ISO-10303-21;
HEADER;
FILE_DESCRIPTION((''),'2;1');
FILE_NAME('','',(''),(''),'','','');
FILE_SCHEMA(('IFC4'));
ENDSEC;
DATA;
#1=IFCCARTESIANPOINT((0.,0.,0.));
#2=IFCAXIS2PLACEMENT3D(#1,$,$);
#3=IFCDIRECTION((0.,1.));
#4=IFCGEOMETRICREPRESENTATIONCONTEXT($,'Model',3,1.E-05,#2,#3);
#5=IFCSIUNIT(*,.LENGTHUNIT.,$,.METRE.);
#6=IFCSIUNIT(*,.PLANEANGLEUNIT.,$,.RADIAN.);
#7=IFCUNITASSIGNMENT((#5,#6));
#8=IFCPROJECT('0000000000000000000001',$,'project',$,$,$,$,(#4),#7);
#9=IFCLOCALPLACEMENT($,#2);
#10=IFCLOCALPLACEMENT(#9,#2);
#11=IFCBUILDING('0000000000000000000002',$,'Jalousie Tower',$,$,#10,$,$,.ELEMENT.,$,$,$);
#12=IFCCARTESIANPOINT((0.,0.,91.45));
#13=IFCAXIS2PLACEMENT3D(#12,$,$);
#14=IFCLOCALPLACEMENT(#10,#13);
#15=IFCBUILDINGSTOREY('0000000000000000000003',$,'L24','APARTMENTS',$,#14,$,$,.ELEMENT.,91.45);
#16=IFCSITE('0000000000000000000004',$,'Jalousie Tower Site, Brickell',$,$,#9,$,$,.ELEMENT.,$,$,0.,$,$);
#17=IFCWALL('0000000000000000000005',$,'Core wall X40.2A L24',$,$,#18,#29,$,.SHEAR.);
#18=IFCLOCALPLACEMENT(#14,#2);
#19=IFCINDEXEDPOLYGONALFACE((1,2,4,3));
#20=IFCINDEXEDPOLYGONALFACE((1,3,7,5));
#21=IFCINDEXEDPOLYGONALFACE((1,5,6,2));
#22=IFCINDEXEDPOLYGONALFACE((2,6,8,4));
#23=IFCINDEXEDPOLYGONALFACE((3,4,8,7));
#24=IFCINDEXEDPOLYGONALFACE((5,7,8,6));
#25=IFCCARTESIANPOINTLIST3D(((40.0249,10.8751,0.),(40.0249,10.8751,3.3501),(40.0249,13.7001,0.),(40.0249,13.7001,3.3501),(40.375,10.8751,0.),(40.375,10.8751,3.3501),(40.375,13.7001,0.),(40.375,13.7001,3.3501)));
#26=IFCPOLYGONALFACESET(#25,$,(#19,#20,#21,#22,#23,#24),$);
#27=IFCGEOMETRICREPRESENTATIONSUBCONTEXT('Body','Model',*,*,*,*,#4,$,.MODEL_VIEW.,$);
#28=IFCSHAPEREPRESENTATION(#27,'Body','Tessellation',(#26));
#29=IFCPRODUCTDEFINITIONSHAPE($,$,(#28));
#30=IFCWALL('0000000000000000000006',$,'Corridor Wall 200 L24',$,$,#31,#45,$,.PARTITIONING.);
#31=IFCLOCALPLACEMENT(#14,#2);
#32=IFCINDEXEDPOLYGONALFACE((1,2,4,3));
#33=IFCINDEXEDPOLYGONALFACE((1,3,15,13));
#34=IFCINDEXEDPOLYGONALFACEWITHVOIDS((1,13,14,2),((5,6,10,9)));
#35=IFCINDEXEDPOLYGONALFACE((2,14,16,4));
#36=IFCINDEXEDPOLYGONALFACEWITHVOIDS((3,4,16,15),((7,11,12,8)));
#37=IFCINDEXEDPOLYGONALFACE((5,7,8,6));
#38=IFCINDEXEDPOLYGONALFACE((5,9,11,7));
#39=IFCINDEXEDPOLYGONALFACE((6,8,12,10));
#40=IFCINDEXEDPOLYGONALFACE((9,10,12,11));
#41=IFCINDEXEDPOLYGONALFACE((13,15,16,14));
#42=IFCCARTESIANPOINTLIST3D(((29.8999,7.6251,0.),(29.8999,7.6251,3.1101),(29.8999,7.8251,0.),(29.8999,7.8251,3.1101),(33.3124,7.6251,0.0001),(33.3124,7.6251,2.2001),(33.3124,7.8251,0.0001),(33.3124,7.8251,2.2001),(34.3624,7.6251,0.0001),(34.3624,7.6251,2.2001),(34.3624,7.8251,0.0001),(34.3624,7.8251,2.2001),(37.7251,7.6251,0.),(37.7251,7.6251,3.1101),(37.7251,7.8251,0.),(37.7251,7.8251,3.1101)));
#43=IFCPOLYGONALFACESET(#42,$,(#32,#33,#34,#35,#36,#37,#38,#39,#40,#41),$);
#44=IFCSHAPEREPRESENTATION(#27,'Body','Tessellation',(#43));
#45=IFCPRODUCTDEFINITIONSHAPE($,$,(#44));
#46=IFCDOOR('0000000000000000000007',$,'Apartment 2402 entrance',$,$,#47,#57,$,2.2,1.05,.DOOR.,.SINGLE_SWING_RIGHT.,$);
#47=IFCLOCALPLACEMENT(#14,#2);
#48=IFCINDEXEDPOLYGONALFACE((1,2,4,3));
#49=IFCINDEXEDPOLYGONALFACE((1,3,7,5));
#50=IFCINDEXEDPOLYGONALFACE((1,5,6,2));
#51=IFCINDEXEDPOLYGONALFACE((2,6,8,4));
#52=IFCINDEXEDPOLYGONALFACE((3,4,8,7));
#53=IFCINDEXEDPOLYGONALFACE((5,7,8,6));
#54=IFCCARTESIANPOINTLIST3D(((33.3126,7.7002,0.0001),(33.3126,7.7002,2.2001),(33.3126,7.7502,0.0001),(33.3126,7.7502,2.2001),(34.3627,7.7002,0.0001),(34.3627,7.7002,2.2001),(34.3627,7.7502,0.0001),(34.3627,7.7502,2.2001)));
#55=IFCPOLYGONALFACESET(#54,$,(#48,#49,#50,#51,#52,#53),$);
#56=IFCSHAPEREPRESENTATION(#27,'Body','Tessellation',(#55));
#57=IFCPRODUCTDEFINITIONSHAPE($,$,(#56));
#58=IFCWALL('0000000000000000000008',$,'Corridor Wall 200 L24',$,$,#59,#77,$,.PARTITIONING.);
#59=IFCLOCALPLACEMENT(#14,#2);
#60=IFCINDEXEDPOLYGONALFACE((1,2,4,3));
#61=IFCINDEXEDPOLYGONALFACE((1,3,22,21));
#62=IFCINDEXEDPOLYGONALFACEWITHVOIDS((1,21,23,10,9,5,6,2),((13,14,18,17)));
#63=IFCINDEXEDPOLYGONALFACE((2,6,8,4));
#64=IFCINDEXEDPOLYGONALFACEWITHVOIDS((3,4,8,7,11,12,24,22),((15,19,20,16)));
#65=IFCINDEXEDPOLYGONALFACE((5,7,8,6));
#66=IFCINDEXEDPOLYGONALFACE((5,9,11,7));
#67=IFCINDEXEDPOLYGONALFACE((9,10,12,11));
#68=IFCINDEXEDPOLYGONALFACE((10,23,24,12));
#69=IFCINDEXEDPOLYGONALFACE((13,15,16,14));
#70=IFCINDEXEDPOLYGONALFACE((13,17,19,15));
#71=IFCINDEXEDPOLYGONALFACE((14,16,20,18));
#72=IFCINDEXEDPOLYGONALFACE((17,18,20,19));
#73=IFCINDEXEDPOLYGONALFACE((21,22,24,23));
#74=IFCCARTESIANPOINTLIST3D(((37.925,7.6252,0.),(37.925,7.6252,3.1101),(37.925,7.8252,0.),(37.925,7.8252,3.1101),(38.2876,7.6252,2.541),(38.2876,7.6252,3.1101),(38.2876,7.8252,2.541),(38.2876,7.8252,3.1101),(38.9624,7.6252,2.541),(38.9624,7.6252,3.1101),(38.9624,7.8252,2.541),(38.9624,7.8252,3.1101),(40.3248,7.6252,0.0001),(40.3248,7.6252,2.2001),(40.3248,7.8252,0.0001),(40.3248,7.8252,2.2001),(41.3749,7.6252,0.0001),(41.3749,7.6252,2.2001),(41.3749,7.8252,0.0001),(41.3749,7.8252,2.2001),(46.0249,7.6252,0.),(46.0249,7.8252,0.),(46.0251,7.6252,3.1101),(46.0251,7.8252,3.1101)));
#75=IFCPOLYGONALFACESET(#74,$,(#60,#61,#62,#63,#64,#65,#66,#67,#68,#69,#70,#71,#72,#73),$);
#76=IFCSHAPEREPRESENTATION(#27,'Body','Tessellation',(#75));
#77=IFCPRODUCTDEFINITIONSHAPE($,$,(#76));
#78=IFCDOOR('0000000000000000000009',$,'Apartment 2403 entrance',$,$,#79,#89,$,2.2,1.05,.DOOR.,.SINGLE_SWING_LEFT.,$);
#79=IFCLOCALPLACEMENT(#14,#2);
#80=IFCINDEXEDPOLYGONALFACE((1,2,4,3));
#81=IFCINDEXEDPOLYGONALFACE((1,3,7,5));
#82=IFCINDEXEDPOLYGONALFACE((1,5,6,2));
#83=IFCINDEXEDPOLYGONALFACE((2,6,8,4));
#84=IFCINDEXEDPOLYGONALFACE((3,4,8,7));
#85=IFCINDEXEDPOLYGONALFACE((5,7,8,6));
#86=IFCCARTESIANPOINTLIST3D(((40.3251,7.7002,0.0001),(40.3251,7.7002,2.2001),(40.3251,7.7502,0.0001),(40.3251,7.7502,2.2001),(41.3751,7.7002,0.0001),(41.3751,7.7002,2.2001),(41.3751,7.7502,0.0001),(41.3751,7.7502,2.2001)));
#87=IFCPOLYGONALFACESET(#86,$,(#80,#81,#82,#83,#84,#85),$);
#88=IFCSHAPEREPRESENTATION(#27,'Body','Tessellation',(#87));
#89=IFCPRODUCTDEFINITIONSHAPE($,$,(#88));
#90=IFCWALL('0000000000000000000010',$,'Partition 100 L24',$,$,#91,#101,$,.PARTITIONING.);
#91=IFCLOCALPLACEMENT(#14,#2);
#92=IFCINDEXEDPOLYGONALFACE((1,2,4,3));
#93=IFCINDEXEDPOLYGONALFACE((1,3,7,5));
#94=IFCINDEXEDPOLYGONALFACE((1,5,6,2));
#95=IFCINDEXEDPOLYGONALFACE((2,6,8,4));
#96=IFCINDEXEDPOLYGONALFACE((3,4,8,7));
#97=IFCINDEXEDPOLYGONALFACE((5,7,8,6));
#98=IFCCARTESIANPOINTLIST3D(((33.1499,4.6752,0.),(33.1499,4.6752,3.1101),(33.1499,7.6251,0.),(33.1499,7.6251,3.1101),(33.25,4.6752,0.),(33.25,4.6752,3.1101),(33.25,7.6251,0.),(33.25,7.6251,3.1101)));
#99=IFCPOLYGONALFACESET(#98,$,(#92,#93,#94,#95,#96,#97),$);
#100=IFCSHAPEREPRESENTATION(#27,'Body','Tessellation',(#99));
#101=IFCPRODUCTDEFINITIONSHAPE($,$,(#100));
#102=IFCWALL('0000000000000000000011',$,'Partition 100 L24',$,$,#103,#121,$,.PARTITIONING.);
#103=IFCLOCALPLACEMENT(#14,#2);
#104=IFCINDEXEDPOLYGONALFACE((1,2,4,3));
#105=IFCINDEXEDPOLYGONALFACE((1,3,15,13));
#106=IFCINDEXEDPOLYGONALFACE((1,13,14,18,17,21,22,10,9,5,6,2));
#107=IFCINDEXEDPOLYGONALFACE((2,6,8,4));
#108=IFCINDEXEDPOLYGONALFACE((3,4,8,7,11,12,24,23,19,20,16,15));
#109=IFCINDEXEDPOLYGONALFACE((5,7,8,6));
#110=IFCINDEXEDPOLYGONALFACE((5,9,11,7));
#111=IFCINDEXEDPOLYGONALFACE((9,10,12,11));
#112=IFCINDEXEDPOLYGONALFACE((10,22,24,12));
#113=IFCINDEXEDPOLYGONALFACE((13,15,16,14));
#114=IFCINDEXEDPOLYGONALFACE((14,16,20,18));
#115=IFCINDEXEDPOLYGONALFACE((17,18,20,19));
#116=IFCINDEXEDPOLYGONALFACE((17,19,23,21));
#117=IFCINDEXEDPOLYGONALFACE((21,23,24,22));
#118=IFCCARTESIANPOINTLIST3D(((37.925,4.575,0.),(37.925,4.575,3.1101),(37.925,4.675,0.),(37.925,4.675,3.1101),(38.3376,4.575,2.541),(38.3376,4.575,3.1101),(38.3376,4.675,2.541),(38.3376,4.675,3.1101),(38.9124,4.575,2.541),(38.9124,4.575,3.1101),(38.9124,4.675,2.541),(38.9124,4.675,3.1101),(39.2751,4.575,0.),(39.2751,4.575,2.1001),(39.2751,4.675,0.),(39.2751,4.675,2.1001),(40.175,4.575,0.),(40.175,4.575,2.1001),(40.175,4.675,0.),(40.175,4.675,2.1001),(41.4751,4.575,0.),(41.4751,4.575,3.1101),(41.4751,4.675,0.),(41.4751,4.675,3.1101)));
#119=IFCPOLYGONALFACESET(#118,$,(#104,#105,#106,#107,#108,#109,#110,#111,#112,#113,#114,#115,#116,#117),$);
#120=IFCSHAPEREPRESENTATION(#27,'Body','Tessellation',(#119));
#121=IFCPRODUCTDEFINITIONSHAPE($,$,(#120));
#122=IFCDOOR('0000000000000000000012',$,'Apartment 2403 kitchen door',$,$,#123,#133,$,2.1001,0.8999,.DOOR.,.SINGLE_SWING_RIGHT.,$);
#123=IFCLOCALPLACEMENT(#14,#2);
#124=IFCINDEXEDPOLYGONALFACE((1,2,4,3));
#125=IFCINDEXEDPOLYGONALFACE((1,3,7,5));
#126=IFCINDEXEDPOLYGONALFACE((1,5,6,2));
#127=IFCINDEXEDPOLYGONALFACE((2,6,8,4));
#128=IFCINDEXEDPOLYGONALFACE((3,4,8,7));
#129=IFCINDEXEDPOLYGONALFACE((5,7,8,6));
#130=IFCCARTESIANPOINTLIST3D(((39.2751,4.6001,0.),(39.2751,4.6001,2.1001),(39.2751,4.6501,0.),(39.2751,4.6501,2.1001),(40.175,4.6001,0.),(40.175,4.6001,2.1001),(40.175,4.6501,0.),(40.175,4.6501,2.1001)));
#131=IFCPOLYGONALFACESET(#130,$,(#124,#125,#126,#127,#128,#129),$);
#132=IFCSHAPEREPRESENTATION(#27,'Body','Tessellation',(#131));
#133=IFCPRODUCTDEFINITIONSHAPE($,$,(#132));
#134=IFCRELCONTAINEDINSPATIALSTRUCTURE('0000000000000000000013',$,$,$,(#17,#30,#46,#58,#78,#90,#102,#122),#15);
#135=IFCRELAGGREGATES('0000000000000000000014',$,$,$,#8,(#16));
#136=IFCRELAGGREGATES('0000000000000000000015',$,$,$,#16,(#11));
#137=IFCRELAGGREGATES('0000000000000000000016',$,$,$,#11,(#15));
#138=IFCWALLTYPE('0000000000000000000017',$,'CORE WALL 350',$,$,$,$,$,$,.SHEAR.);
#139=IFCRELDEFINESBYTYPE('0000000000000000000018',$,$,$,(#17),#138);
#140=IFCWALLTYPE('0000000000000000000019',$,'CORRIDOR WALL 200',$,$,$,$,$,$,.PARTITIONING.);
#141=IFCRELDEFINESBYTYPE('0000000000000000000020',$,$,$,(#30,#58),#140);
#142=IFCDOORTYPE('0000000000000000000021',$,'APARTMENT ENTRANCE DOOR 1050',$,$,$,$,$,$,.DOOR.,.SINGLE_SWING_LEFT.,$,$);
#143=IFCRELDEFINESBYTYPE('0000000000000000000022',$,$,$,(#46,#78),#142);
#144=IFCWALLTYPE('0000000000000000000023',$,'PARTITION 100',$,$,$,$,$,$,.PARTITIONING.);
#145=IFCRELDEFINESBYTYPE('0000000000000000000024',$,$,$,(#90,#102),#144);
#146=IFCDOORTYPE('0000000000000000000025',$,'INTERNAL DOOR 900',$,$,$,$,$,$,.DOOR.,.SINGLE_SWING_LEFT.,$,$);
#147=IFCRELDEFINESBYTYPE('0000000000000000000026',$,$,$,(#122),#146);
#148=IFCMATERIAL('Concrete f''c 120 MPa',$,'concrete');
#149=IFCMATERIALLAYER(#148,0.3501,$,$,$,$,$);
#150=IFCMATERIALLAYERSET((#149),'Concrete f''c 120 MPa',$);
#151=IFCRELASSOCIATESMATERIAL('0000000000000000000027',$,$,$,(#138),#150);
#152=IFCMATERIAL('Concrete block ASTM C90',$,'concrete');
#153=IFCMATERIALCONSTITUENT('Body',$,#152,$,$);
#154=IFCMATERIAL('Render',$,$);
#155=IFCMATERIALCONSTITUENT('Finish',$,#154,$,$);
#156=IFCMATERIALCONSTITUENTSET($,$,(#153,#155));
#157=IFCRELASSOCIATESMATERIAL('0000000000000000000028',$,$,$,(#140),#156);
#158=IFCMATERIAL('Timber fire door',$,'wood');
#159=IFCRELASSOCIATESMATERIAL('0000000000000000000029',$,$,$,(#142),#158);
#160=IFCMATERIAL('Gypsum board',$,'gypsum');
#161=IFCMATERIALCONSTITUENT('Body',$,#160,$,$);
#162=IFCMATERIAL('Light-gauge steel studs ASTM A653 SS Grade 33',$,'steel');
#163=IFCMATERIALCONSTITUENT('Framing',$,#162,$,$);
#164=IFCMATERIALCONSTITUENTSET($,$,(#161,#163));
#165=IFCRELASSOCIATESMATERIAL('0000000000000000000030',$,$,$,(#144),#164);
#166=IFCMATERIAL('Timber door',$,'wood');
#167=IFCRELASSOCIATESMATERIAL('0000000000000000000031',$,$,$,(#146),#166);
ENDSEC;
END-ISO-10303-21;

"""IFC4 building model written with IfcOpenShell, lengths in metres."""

from ifc_helpers import new_model, si_unit, direction, frame, frame_2d, origin, place, context, subcontext, project, spatial, polyline, rectangle, outline, extrude, material, layer, layer_set, constituent, constituent_set, type_object, element, fill, save


model = new_model("IFC4")

# Units and contexts
model_context = context("Model", 3, precision=1e-05, world=origin(), true_north=direction((0.0, 1.0)))
body_context = subcontext(model_context, "Body", "Model", "MODEL_VIEW")
ifc_project = project(units=[si_unit("LENGTHUNIT", "METRE"), si_unit("PLANEANGLEUNIT", "RADIAN")], contexts=[model_context])

# Site, building, storey
site_placement = place(None, origin())
site = spatial("IfcSite", under=ifc_project, at=site_placement, Name="Jalousie Tower Site, Brickell", CompositionType="ELEMENT", RefElevation=0.0)
building_placement = place(site_placement, origin())
building = spatial("IfcBuilding", under=site, at=building_placement, Name="Jalousie Tower", CompositionType="ELEMENT")
storey_placement = place(building_placement, frame((0.0, 0.0, 91.45)))
storey = spatial("IfcBuildingStorey", under=building, at=storey_placement, Name="L24", Description="APARTMENTS", CompositionType="ELEMENT", Elevation=91.45)

# Shared definitions
ifc_material_1 = material(Name="Concrete f'c 120 MPa", Category="concrete")
ifc_layer_1 = layer(ifc_material_1, 0.3501)
ifc_layer_set_1 = layer_set([ifc_layer_1], Name="Concrete f'c 120 MPa")
wall_type_1 = type_object("IfcWallType", Name="CORE WALL 350", PredefinedType="SHEAR", material=ifc_layer_set_1)

# Wall
wall_1_placement = place(storey_placement, frame((40.2, 10.875, 0.0), z_axis=(0.0, 0.0, 1.0), x_axis=(0.0, 1.0, 0.0)))
element("IfcWall", 1, at=wall_1_placement, inside=storey, type_object=wall_type_1, Name="Core wall X40.2A L24", PredefinedType="SHEAR", context=body_context, shape_type="SweptSolid", body=[
    extrude(rectangle(XDim=2.825, YDim=0.3501, at=frame_2d((1.4126, 0.0))), origin(), (0.0, 0.0, 1.0), 3.3501),
])

# Walls, openings, doors
ifc_material_2 = material(Name="Concrete block ASTM C90", Category="concrete")
ifc_constituent_1 = constituent(ifc_material_2, Name="Body")
ifc_material_3 = material(Name="Render")
ifc_constituent_2 = constituent(ifc_material_3, Name="Finish")
ifc_constituent_set_1 = constituent_set(constituents=[ifc_constituent_1, ifc_constituent_2])
wall_type_2 = type_object("IfcWallType", Name="CORRIDOR WALL 200", PredefinedType="PARTITIONING", material=ifc_constituent_set_1)
wall_2_placement = place(storey_placement, frame((29.8999, 7.7251, 0.0), z_axis=(0.0, 0.0, 1.0), x_axis=(1.0, 0.0, 0.0)))
wall_2 = element("IfcWall", 2, at=wall_2_placement, inside=storey, type_object=wall_type_2, Name="Corridor Wall 200 L24", PredefinedType="PARTITIONING", context=body_context, shape_type="SweptSolid", body=[
    extrude(rectangle(XDim=7.8252, YDim=0.2, at=frame_2d((3.9126, 0.0))), origin(), (0.0, 0.0, 1.0), 3.1101),
])
opening_1_placement = place(wall_2_placement, frame((3.4126, 0.0, 0.0)))
opening_1 = element("IfcOpeningElement", 3, at=opening_1_placement, cuts=wall_2, PredefinedType="OPENING", context=body_context, shape_type="SweptSolid", body=[
    extrude(rectangle(XDim=1.05, YDim=2.2, at=frame_2d((0.5249, 1.1001))), frame((0.0, 0.1099, 0.0), z_axis=(0.0, -1.0, 0.0), x_axis=(1.0, 0.0, 0.0)), (0.0, 0.0, 1.0), 0.22),
])
ifc_material_4 = material(Name="Timber fire door", Category="wood")
door_type_1 = type_object("IfcDoorType", Name="APARTMENT ENTRANCE DOOR 1050", OperationType="SINGLE_SWING_LEFT", PredefinedType="DOOR", material=ifc_material_4)
door_1_placement = place(opening_1_placement, frame((1.05, 0.0, 0.0), z_axis=(0.0, 0.0, 1.0), x_axis=(-1.0, 0.0, 0.0)))
door_1 = element("IfcDoor", 4, at=door_1_placement, inside=storey, type_object=door_type_1, Name="Apartment 2402 entrance", OperationType="SINGLE_SWING_RIGHT", OverallHeight=2.2, OverallWidth=1.05, PredefinedType="DOOR", context=body_context, shape_type="SweptSolid", body=[
    extrude(rectangle(XDim=1.05, YDim=2.2, at=frame_2d((0.5249, 1.1001))), frame((0.0, 0.0249, 0.0), z_axis=(0.0, -1.0, 0.0), x_axis=(1.0, 0.0, 0.0)), (0.0, 0.0, 1.0), 0.05),
])
fill(opening_1, door_1)
wall_3_placement = place(storey_placement, frame((37.925, 7.7251, 0.0), z_axis=(0.0, 0.0, 1.0), x_axis=(1.0, 0.0, 0.0)))
wall_3 = element("IfcWall", 5, at=wall_3_placement, inside=storey, type_object=wall_type_2, Name="Corridor Wall 200 L24", PredefinedType="PARTITIONING", context=body_context, shape_type="SweptSolid", body=[
    extrude(outline(polyline([(0.0, 0.0), (8.0999, 0.0), (8.1001, 3.1101), (1.0374, 3.1101), (1.0374, 2.541), (0.3625, 2.541), (0.3625, 3.1101), (0.0, 3.1101), (0.0, 0.0)])), frame((0.0, 0.1001, 0.0), z_axis=(0.0, -1.0, 0.0), x_axis=(1.0, 0.0, 0.0)), (0.0, 0.0, 1.0), 0.2),
])
opening_2_placement = place(wall_3_placement, frame((2.3999, 0.0, 0.0)))
opening_2 = element("IfcOpeningElement", 6, at=opening_2_placement, cuts=wall_3, PredefinedType="OPENING", context=body_context, shape_type="SweptSolid", body=[
    extrude(rectangle(XDim=1.05, YDim=2.2, at=frame_2d((0.5249, 1.1001))), frame((0.0, 0.1099, 0.0), z_axis=(0.0, -1.0, 0.0), x_axis=(1.0, 0.0, 0.0)), (0.0, 0.0, 1.0), 0.22),
])
door_2_placement = place(opening_2_placement, frame((1.05, 0.0, 0.0), z_axis=(0.0, 0.0, 1.0), x_axis=(-1.0, 0.0, 0.0)))
door_2 = element("IfcDoor", 7, at=door_2_placement, inside=storey, type_object=door_type_1, Name="Apartment 2403 entrance", OperationType="SINGLE_SWING_LEFT", OverallHeight=2.2, OverallWidth=1.05, PredefinedType="DOOR", context=body_context, shape_type="SweptSolid", body=[
    extrude(rectangle(XDim=1.05, YDim=2.2, at=frame_2d((0.5249, 1.1001))), frame((0.0, 0.0249, 0.0), z_axis=(0.0, -1.0, 0.0), x_axis=(1.0, 0.0, 0.0)), (0.0, 0.0, 1.0), 0.05),
])
fill(opening_2, door_2)

# Wall
ifc_material_5 = material(Name="Gypsum board", Category="gypsum")
ifc_constituent_3 = constituent(ifc_material_5, Name="Body")
ifc_material_6 = material(Name="Light-gauge steel studs ASTM A653 SS Grade 33", Category="steel")
ifc_constituent_4 = constituent(ifc_material_6, Name="Framing")
ifc_constituent_set_2 = constituent_set(constituents=[ifc_constituent_3, ifc_constituent_4])
wall_type_3 = type_object("IfcWallType", Name="PARTITION 100", PredefinedType="PARTITIONING", material=ifc_constituent_set_2)
wall_4_placement = place(storey_placement, frame((33.2, 4.675, 0.0), z_axis=(0.0, 0.0, 1.0), x_axis=(0.0, 1.0, 0.0)))
element("IfcWall", 8, at=wall_4_placement, inside=storey, type_object=wall_type_3, Name="Partition 100 L24", PredefinedType="PARTITIONING", context=body_context, shape_type="SweptSolid", body=[
    extrude(rectangle(XDim=2.95, YDim=0.1001, at=frame_2d((1.4751, 0.0))), origin(), (0.0, 0.0, 1.0), 3.1101),
])

# Wall, opening, door
wall_5_placement = place(storey_placement, frame((37.925, 4.625, 0.0), z_axis=(0.0, 0.0, 1.0), x_axis=(1.0, 0.0, 0.0)))
wall_5 = element("IfcWall", 9, at=wall_5_placement, inside=storey, type_object=wall_type_3, Name="Partition 100 L24", PredefinedType="PARTITIONING", context=body_context, shape_type="SweptSolid", body=[
    extrude(outline(polyline([(0.0, 0.0), (3.55, 0.0), (3.55, 3.1101), (0.9873, 3.1101), (0.9873, 2.541), (0.4126, 2.541), (0.4126, 3.1101), (0.0, 3.1101), (0.0, 0.0)])), frame((0.0, 0.05, 0.0), z_axis=(0.0, -1.0, 0.0), x_axis=(1.0, 0.0, 0.0)), (0.0, 0.0, 1.0), 0.1001),
])
opening_3_placement = place(wall_5_placement, frame((1.3501, 0.0, 0.0)))
opening_3 = element("IfcOpeningElement", 10, at=opening_3_placement, cuts=wall_5, PredefinedType="OPENING", context=body_context, shape_type="SweptSolid", body=[
    extrude(rectangle(XDim=0.8999, YDim=2.1001, at=frame_2d((0.45, 1.05))), frame((0.0, 0.0601, 0.0), z_axis=(0.0, -1.0, 0.0), x_axis=(1.0, 0.0, 0.0)), (0.0, 0.0, 1.0), 0.1201),
])
ifc_material_7 = material(Name="Timber door", Category="wood")
door_type_2 = type_object("IfcDoorType", Name="INTERNAL DOOR 900", OperationType="SINGLE_SWING_LEFT", PredefinedType="DOOR", material=ifc_material_7)
door_3_placement = place(opening_3_placement, frame((0.8999, 0.0, 0.0), z_axis=(0.0, 0.0, 1.0), x_axis=(-1.0, 0.0, 0.0)))
door_3 = element("IfcDoor", 11, at=door_3_placement, inside=storey, type_object=door_type_2, Name="Apartment 2403 kitchen door", OperationType="SINGLE_SWING_RIGHT", OverallHeight=2.1001, OverallWidth=0.8999, PredefinedType="DOOR", context=body_context, shape_type="SweptSolid", body=[
    extrude(rectangle(XDim=0.8999, YDim=2.1001, at=frame_2d((0.45, 1.05))), frame((0.0, 0.0249, 0.0), z_axis=(0.0, -1.0, 0.0), x_axis=(1.0, 0.0, 0.0)), (0.0, 0.0, 1.0), 0.05),
])
fill(opening_3, door_3)

save(model, "model.ifc")
